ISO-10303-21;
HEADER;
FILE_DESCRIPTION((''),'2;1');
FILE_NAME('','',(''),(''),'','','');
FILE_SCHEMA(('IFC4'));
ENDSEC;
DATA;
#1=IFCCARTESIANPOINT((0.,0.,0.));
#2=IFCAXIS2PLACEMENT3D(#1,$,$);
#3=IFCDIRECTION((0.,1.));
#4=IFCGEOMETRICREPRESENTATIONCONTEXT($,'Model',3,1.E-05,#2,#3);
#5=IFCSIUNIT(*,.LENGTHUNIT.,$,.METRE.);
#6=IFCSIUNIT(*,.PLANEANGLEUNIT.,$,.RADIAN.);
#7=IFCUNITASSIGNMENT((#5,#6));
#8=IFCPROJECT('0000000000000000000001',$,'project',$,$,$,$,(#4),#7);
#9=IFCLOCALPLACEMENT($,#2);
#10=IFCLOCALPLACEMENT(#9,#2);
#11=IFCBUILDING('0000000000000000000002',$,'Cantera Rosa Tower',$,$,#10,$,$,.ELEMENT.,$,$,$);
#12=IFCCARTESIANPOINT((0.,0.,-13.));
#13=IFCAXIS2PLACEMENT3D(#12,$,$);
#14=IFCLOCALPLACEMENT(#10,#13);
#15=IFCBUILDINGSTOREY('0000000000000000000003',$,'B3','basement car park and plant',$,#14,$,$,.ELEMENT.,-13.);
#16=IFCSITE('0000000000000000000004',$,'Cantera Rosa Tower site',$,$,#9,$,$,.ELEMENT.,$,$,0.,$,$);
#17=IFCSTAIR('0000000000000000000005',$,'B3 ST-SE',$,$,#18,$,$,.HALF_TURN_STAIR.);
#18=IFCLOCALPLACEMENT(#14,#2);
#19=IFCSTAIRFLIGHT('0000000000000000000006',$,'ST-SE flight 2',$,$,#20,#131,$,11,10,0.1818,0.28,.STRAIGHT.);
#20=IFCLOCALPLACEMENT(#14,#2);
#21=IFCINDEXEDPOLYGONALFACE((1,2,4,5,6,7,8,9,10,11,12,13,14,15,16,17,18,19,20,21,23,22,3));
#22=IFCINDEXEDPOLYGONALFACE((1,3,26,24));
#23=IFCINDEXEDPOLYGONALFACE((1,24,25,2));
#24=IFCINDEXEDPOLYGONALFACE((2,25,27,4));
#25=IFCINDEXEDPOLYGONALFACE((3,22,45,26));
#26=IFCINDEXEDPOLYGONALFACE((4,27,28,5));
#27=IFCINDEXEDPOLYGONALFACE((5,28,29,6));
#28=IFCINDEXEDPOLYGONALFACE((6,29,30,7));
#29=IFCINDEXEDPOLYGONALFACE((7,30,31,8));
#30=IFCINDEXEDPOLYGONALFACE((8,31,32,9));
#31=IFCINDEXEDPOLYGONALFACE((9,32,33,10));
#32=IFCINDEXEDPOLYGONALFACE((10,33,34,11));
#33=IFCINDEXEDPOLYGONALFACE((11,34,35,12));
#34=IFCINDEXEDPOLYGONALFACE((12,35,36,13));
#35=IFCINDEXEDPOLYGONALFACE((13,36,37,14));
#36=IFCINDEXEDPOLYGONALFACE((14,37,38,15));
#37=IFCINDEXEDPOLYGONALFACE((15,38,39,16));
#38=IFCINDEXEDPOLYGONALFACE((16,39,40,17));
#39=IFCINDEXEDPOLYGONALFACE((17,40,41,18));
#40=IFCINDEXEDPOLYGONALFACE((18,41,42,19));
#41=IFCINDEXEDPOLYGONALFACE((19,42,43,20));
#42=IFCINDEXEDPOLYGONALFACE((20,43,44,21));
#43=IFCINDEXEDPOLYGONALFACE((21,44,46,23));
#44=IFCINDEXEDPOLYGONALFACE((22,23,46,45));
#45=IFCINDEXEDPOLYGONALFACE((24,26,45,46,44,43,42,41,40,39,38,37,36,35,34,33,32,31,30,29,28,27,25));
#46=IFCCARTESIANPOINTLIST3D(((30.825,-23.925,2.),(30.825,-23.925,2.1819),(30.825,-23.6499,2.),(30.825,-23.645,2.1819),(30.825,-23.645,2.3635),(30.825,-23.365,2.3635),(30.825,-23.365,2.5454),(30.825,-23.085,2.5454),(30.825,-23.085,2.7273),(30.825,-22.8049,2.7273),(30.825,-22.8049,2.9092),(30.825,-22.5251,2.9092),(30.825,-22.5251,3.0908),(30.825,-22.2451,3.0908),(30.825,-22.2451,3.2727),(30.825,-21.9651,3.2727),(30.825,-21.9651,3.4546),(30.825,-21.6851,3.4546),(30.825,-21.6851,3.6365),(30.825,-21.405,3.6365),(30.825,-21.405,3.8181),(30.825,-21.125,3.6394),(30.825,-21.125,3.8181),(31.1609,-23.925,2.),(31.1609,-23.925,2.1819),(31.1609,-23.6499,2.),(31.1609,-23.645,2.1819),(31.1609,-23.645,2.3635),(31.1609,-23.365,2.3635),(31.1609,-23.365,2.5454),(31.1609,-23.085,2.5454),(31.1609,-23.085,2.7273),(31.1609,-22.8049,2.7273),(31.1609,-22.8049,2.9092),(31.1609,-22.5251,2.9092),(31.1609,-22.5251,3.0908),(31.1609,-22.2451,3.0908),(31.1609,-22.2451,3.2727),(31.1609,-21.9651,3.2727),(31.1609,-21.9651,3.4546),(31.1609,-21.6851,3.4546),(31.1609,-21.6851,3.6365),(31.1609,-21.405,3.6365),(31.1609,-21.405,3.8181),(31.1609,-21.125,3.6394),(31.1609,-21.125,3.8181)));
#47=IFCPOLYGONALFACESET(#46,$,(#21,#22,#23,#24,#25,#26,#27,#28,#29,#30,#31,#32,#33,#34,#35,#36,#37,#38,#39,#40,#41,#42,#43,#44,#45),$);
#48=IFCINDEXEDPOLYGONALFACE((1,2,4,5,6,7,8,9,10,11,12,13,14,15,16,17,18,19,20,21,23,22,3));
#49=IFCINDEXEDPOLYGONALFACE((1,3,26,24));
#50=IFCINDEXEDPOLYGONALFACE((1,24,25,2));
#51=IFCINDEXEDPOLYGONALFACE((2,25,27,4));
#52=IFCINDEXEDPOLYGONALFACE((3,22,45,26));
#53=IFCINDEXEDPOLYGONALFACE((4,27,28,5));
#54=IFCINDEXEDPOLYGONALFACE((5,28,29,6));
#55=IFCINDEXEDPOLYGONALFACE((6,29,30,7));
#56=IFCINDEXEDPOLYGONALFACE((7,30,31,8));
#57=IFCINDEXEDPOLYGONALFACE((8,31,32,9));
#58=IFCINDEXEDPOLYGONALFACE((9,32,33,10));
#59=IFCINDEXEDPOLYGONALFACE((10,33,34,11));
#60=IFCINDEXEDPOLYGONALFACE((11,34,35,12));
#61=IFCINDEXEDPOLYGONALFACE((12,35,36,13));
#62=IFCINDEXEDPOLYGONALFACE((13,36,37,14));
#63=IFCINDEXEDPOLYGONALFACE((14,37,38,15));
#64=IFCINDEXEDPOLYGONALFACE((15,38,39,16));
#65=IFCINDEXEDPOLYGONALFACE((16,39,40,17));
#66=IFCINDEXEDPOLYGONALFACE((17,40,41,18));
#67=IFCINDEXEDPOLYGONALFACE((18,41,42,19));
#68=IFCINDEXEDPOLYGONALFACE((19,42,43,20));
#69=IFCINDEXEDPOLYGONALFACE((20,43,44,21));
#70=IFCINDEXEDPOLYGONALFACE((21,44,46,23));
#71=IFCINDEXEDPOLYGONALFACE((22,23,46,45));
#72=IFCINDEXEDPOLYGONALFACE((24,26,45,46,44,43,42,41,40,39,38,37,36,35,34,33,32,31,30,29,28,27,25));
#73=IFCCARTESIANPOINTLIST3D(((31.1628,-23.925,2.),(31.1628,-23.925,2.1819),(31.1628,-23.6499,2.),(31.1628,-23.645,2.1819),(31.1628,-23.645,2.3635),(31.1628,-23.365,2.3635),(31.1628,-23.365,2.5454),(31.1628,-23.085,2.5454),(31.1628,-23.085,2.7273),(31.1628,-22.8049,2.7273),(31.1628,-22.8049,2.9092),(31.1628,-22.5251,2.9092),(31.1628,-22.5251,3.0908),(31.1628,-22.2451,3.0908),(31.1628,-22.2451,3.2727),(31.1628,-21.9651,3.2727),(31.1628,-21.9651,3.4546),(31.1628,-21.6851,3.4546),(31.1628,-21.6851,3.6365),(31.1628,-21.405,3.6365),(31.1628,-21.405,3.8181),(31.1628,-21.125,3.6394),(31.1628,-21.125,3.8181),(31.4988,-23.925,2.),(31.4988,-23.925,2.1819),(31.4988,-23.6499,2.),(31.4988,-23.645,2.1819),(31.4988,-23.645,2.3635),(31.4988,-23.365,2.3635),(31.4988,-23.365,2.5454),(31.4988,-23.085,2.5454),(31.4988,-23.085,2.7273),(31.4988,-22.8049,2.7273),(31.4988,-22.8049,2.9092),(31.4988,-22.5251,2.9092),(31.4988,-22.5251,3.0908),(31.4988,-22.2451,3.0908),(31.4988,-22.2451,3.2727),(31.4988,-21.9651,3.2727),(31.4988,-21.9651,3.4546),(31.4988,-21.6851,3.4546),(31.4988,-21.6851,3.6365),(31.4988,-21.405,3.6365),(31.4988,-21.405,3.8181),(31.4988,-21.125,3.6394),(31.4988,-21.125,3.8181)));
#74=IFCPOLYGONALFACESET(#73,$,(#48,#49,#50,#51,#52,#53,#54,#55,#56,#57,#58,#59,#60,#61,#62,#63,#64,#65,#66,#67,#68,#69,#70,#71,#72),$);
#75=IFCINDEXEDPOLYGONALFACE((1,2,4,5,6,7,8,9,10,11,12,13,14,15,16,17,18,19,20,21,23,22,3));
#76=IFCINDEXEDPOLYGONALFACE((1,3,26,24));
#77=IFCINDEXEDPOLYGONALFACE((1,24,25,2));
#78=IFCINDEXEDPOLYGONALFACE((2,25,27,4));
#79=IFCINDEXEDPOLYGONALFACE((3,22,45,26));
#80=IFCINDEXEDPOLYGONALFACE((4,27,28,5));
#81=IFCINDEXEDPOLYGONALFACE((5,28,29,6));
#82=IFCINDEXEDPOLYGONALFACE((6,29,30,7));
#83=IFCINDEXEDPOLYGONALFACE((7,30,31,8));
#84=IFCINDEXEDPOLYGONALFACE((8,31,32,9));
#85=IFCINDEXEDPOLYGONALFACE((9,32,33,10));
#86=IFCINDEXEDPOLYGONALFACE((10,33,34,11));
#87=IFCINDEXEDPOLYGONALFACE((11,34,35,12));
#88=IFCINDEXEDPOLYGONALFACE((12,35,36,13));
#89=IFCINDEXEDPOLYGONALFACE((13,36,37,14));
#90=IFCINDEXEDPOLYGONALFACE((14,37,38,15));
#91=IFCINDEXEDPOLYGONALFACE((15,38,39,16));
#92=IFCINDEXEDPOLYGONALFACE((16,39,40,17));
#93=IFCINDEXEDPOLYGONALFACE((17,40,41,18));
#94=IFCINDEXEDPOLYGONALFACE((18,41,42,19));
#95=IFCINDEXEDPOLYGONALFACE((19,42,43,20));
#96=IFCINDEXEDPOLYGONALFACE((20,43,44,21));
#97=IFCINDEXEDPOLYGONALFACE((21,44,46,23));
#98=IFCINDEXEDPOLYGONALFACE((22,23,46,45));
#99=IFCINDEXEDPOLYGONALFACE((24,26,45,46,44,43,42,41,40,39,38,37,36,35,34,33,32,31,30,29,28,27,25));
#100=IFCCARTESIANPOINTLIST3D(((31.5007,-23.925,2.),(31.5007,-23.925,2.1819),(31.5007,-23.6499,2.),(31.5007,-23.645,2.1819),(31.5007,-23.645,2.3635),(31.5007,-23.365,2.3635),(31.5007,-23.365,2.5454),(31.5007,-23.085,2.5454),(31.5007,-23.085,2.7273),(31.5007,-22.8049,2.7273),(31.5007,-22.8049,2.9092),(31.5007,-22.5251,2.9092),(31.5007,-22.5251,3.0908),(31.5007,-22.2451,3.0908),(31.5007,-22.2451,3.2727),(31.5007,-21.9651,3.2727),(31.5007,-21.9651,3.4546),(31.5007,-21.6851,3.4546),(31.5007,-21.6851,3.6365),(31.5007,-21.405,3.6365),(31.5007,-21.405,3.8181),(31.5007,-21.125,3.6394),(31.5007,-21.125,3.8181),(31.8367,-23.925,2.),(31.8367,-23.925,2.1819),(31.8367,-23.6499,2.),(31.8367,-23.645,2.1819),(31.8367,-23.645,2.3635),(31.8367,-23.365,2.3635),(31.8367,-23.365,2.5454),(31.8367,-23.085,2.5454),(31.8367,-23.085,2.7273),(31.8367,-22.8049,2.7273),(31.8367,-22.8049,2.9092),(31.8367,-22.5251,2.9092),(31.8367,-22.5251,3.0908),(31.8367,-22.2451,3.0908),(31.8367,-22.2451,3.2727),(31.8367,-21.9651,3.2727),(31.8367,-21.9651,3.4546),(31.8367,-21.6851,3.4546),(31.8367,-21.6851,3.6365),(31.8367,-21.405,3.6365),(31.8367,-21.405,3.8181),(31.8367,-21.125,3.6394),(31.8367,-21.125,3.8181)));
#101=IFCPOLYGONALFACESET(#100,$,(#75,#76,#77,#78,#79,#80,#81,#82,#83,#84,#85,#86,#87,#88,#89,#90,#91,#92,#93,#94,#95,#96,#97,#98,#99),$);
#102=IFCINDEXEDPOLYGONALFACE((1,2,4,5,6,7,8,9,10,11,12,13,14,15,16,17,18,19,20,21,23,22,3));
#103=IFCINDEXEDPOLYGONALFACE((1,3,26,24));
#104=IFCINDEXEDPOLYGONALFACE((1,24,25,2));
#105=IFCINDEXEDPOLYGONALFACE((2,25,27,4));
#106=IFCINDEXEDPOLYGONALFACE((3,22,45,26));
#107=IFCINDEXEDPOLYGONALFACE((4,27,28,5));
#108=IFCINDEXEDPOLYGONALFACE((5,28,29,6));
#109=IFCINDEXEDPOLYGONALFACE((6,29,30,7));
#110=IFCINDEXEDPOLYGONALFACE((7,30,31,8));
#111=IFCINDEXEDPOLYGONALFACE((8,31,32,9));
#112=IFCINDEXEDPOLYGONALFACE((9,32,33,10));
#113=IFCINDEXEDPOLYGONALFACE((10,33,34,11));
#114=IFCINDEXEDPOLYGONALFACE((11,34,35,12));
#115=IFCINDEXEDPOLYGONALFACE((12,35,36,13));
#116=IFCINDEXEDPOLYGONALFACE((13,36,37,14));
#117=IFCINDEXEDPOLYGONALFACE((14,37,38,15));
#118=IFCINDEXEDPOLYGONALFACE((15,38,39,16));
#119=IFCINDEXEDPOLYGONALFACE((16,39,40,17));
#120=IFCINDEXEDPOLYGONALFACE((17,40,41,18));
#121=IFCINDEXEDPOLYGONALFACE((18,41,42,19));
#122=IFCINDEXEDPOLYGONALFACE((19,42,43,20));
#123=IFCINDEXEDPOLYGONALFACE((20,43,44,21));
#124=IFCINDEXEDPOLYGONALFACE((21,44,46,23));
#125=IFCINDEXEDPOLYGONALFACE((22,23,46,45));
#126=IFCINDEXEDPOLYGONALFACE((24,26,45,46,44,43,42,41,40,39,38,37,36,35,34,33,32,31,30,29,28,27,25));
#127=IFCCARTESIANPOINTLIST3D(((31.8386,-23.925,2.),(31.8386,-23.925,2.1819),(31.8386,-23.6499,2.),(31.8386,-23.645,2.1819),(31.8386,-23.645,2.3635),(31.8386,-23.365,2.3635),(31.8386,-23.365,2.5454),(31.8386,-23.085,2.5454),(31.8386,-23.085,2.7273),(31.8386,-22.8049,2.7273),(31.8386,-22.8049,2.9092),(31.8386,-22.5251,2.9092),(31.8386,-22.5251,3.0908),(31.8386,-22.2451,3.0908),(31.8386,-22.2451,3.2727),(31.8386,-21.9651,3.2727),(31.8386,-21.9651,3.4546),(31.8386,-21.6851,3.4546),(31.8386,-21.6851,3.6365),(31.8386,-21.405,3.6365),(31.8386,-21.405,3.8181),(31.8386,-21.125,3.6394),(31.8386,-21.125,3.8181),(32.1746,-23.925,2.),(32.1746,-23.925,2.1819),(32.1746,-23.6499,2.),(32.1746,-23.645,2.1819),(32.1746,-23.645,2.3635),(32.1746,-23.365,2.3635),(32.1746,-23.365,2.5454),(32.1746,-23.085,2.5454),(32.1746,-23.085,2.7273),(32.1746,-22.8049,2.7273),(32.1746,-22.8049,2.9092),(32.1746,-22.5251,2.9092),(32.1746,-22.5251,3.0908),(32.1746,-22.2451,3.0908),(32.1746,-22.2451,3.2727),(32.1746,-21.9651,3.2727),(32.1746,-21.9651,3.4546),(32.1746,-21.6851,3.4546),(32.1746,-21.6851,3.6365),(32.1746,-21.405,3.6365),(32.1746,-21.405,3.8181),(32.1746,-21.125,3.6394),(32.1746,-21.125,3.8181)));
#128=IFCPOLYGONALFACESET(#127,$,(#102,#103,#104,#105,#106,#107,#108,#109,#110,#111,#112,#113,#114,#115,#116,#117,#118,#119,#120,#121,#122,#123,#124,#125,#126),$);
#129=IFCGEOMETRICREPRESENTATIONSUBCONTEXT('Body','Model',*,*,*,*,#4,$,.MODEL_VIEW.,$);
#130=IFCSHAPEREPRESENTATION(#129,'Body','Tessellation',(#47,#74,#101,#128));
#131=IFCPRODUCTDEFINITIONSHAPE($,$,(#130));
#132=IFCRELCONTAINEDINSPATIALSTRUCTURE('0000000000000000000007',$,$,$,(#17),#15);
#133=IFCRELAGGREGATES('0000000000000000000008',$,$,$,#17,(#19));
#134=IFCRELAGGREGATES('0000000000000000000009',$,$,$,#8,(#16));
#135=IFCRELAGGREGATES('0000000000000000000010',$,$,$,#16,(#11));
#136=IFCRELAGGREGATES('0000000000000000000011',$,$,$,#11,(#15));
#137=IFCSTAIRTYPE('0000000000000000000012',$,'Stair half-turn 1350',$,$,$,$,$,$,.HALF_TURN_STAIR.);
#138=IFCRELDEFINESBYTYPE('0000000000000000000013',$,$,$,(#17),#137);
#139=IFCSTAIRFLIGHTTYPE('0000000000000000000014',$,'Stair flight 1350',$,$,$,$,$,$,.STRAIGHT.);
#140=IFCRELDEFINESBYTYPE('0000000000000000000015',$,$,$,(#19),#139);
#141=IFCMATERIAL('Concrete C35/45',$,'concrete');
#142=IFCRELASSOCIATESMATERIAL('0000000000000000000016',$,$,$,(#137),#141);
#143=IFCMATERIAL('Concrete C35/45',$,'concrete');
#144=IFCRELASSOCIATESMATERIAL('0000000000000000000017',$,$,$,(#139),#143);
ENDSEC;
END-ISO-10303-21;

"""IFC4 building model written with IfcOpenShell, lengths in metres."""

from ifc_helpers import new_model, si_unit, direction, frame, origin, place, context, subcontext, project, spatial, polyline, outline, extrude, material, type_object, element, aggregate, save


model = new_model("IFC4")

# Units and contexts
model_context = context("Model", 3, precision=1e-05, world=origin(), true_north=direction((0.0, 1.0)))
body_context = subcontext(model_context, "Body", "Model", "MODEL_VIEW")
ifc_project = project(units=[si_unit("LENGTHUNIT", "METRE"), si_unit("PLANEANGLEUNIT", "RADIAN")], contexts=[model_context])

# Site, building, storey
site_placement = place(None, origin())
site = spatial("IfcSite", under=ifc_project, at=site_placement, Name="Cantera Rosa Tower site", CompositionType="ELEMENT", RefElevation=0.0)
building_placement = place(site_placement, origin())
building = spatial("IfcBuilding", under=site, at=building_placement, Name="Cantera Rosa Tower", CompositionType="ELEMENT")
storey_placement = place(building_placement, frame((0.0, 0.0, -13.0)))
storey = spatial("IfcBuildingStorey", under=building, at=storey_placement, Name="B3", Description="basement car park and plant", CompositionType="ELEMENT", Elevation=-13.0)

# Stair, stair flight
ifc_material_1 = material(Name="Concrete C35/45", Category="concrete")
stair_type = type_object("IfcStairType", Name="Stair half-turn 1350", PredefinedType="HALF_TURN_STAIR", material=ifc_material_1)
stair_placement = place(storey_placement, origin())
stair = element("IfcStair", 1, at=stair_placement, inside=storey, type_object=stair_type, Name="B3 ST-SE", PredefinedType="HALF_TURN_STAIR")
ifc_material_2 = material(Name="Concrete C35/45", Category="concrete")
stair_flight_type = type_object("IfcStairFlightType", Name="Stair flight 1350", PredefinedType="STRAIGHT", material=ifc_material_2)
stair_flight_1_placement = place(storey_placement, frame((31.5, -23.925, 2.0), z_axis=(0.0, 0.0, 1.0), x_axis=(0.0, 1.0, 0.0)))
stair_flight_1 = element("IfcStairFlight", 2, at=stair_flight_1_placement, type_object=stair_flight_type, Name="ST-SE flight 2", NumberOfRisers=11, NumberOfTreads=10, PredefinedType="STRAIGHT", RiserHeight=0.1818, TreadLength=0.28, context=body_context, shape_type="SweptSolid", body=[
    extrude(outline(polyline([(0.0, 0.0), (0.0, 0.1819), (0.28, 0.1819), (0.28, 0.3635), (0.5601, 0.3635), (0.5601, 0.5454), (0.8401, 0.5454), (0.8401, 0.7273), (1.1201, 0.7273), (1.1201, 0.9092), (1.3999, 0.9092), (1.3999, 1.0908), (1.6799, 1.0908), (1.6799, 1.2727), (1.96, 1.2727), (1.96, 1.4546), (2.24, 1.4546), (2.24, 1.6365), (2.52, 1.6365), (2.52, 1.8181), (2.8, 1.8181), (2.8, 2.0), (2.8, 1.6394), (0.2751, 0.0), (0.0, 0.0)])), frame((0.0, 0.675, 0.0), z_axis=(0.0, -1.0, 0.0), x_axis=(1.0, 0.0, 0.0)), (0.0, 0.0, 1.0), 0.3359),
    extrude(outline(polyline([(0.0, 0.0), (0.0, 0.1819), (0.28, 0.1819), (0.28, 0.3635), (0.5601, 0.3635), (0.5601, 0.5454), (0.8401, 0.5454), (0.8401, 0.7273), (1.1201, 0.7273), (1.1201, 0.9092), (1.3999, 0.9092), (1.3999, 1.0908), (1.6799, 1.0908), (1.6799, 1.2727), (1.96, 1.2727), (1.96, 1.4546), (2.24, 1.4546), (2.24, 1.6365), (2.52, 1.6365), (2.52, 1.8181), (2.8, 1.8181), (2.8, 2.0), (2.8, 1.6394), (0.2751, 0.0), (0.0, 0.0)])), frame((0.0, 0.3372, 0.0), z_axis=(0.0, -1.0, 0.0), x_axis=(1.0, 0.0, 0.0)), (0.0, 0.0, 1.0), 0.3359),
    extrude(outline(polyline([(0.0, 0.0), (0.0, 0.1819), (0.28, 0.1819), (0.28, 0.3635), (0.5601, 0.3635), (0.5601, 0.5454), (0.8401, 0.5454), (0.8401, 0.7273), (1.1201, 0.7273), (1.1201, 0.9092), (1.3999, 0.9092), (1.3999, 1.0908), (1.6799, 1.0908), (1.6799, 1.2727), (1.96, 1.2727), (1.96, 1.4546), (2.24, 1.4546), (2.24, 1.6365), (2.52, 1.6365), (2.52, 1.8181), (2.8, 1.8181), (2.8, 2.0), (2.8, 1.6394), (0.2751, 0.0), (0.0, 0.0)])), frame((0.0, -0.0007, 0.0), z_axis=(0.0, -1.0, 0.0), x_axis=(1.0, 0.0, 0.0)), (0.0, 0.0, 1.0), 0.3359),
    extrude(outline(polyline([(0.0, 0.0), (0.0, 0.1819), (0.28, 0.1819), (0.28, 0.3635), (0.5601, 0.3635), (0.5601, 0.5454), (0.8401, 0.5454), (0.8401, 0.7273), (1.1201, 0.7273), (1.1201, 0.9092), (1.3999, 0.9092), (1.3999, 1.0908), (1.6799, 1.0908), (1.6799, 1.2727), (1.96, 1.2727), (1.96, 1.4546), (2.24, 1.4546), (2.24, 1.6365), (2.52, 1.6365), (2.52, 1.8181), (2.8, 1.8181), (2.8, 2.0), (2.8, 1.6394), (0.2751, 0.0), (0.0, 0.0)])), frame((0.0, -0.3386, 0.0), z_axis=(0.0, -1.0, 0.0), x_axis=(1.0, 0.0, 0.0)), (0.0, 0.0, 1.0), 0.3359),
])
aggregate(stair, [stair_flight_1])

save(model, "model.ifc")
